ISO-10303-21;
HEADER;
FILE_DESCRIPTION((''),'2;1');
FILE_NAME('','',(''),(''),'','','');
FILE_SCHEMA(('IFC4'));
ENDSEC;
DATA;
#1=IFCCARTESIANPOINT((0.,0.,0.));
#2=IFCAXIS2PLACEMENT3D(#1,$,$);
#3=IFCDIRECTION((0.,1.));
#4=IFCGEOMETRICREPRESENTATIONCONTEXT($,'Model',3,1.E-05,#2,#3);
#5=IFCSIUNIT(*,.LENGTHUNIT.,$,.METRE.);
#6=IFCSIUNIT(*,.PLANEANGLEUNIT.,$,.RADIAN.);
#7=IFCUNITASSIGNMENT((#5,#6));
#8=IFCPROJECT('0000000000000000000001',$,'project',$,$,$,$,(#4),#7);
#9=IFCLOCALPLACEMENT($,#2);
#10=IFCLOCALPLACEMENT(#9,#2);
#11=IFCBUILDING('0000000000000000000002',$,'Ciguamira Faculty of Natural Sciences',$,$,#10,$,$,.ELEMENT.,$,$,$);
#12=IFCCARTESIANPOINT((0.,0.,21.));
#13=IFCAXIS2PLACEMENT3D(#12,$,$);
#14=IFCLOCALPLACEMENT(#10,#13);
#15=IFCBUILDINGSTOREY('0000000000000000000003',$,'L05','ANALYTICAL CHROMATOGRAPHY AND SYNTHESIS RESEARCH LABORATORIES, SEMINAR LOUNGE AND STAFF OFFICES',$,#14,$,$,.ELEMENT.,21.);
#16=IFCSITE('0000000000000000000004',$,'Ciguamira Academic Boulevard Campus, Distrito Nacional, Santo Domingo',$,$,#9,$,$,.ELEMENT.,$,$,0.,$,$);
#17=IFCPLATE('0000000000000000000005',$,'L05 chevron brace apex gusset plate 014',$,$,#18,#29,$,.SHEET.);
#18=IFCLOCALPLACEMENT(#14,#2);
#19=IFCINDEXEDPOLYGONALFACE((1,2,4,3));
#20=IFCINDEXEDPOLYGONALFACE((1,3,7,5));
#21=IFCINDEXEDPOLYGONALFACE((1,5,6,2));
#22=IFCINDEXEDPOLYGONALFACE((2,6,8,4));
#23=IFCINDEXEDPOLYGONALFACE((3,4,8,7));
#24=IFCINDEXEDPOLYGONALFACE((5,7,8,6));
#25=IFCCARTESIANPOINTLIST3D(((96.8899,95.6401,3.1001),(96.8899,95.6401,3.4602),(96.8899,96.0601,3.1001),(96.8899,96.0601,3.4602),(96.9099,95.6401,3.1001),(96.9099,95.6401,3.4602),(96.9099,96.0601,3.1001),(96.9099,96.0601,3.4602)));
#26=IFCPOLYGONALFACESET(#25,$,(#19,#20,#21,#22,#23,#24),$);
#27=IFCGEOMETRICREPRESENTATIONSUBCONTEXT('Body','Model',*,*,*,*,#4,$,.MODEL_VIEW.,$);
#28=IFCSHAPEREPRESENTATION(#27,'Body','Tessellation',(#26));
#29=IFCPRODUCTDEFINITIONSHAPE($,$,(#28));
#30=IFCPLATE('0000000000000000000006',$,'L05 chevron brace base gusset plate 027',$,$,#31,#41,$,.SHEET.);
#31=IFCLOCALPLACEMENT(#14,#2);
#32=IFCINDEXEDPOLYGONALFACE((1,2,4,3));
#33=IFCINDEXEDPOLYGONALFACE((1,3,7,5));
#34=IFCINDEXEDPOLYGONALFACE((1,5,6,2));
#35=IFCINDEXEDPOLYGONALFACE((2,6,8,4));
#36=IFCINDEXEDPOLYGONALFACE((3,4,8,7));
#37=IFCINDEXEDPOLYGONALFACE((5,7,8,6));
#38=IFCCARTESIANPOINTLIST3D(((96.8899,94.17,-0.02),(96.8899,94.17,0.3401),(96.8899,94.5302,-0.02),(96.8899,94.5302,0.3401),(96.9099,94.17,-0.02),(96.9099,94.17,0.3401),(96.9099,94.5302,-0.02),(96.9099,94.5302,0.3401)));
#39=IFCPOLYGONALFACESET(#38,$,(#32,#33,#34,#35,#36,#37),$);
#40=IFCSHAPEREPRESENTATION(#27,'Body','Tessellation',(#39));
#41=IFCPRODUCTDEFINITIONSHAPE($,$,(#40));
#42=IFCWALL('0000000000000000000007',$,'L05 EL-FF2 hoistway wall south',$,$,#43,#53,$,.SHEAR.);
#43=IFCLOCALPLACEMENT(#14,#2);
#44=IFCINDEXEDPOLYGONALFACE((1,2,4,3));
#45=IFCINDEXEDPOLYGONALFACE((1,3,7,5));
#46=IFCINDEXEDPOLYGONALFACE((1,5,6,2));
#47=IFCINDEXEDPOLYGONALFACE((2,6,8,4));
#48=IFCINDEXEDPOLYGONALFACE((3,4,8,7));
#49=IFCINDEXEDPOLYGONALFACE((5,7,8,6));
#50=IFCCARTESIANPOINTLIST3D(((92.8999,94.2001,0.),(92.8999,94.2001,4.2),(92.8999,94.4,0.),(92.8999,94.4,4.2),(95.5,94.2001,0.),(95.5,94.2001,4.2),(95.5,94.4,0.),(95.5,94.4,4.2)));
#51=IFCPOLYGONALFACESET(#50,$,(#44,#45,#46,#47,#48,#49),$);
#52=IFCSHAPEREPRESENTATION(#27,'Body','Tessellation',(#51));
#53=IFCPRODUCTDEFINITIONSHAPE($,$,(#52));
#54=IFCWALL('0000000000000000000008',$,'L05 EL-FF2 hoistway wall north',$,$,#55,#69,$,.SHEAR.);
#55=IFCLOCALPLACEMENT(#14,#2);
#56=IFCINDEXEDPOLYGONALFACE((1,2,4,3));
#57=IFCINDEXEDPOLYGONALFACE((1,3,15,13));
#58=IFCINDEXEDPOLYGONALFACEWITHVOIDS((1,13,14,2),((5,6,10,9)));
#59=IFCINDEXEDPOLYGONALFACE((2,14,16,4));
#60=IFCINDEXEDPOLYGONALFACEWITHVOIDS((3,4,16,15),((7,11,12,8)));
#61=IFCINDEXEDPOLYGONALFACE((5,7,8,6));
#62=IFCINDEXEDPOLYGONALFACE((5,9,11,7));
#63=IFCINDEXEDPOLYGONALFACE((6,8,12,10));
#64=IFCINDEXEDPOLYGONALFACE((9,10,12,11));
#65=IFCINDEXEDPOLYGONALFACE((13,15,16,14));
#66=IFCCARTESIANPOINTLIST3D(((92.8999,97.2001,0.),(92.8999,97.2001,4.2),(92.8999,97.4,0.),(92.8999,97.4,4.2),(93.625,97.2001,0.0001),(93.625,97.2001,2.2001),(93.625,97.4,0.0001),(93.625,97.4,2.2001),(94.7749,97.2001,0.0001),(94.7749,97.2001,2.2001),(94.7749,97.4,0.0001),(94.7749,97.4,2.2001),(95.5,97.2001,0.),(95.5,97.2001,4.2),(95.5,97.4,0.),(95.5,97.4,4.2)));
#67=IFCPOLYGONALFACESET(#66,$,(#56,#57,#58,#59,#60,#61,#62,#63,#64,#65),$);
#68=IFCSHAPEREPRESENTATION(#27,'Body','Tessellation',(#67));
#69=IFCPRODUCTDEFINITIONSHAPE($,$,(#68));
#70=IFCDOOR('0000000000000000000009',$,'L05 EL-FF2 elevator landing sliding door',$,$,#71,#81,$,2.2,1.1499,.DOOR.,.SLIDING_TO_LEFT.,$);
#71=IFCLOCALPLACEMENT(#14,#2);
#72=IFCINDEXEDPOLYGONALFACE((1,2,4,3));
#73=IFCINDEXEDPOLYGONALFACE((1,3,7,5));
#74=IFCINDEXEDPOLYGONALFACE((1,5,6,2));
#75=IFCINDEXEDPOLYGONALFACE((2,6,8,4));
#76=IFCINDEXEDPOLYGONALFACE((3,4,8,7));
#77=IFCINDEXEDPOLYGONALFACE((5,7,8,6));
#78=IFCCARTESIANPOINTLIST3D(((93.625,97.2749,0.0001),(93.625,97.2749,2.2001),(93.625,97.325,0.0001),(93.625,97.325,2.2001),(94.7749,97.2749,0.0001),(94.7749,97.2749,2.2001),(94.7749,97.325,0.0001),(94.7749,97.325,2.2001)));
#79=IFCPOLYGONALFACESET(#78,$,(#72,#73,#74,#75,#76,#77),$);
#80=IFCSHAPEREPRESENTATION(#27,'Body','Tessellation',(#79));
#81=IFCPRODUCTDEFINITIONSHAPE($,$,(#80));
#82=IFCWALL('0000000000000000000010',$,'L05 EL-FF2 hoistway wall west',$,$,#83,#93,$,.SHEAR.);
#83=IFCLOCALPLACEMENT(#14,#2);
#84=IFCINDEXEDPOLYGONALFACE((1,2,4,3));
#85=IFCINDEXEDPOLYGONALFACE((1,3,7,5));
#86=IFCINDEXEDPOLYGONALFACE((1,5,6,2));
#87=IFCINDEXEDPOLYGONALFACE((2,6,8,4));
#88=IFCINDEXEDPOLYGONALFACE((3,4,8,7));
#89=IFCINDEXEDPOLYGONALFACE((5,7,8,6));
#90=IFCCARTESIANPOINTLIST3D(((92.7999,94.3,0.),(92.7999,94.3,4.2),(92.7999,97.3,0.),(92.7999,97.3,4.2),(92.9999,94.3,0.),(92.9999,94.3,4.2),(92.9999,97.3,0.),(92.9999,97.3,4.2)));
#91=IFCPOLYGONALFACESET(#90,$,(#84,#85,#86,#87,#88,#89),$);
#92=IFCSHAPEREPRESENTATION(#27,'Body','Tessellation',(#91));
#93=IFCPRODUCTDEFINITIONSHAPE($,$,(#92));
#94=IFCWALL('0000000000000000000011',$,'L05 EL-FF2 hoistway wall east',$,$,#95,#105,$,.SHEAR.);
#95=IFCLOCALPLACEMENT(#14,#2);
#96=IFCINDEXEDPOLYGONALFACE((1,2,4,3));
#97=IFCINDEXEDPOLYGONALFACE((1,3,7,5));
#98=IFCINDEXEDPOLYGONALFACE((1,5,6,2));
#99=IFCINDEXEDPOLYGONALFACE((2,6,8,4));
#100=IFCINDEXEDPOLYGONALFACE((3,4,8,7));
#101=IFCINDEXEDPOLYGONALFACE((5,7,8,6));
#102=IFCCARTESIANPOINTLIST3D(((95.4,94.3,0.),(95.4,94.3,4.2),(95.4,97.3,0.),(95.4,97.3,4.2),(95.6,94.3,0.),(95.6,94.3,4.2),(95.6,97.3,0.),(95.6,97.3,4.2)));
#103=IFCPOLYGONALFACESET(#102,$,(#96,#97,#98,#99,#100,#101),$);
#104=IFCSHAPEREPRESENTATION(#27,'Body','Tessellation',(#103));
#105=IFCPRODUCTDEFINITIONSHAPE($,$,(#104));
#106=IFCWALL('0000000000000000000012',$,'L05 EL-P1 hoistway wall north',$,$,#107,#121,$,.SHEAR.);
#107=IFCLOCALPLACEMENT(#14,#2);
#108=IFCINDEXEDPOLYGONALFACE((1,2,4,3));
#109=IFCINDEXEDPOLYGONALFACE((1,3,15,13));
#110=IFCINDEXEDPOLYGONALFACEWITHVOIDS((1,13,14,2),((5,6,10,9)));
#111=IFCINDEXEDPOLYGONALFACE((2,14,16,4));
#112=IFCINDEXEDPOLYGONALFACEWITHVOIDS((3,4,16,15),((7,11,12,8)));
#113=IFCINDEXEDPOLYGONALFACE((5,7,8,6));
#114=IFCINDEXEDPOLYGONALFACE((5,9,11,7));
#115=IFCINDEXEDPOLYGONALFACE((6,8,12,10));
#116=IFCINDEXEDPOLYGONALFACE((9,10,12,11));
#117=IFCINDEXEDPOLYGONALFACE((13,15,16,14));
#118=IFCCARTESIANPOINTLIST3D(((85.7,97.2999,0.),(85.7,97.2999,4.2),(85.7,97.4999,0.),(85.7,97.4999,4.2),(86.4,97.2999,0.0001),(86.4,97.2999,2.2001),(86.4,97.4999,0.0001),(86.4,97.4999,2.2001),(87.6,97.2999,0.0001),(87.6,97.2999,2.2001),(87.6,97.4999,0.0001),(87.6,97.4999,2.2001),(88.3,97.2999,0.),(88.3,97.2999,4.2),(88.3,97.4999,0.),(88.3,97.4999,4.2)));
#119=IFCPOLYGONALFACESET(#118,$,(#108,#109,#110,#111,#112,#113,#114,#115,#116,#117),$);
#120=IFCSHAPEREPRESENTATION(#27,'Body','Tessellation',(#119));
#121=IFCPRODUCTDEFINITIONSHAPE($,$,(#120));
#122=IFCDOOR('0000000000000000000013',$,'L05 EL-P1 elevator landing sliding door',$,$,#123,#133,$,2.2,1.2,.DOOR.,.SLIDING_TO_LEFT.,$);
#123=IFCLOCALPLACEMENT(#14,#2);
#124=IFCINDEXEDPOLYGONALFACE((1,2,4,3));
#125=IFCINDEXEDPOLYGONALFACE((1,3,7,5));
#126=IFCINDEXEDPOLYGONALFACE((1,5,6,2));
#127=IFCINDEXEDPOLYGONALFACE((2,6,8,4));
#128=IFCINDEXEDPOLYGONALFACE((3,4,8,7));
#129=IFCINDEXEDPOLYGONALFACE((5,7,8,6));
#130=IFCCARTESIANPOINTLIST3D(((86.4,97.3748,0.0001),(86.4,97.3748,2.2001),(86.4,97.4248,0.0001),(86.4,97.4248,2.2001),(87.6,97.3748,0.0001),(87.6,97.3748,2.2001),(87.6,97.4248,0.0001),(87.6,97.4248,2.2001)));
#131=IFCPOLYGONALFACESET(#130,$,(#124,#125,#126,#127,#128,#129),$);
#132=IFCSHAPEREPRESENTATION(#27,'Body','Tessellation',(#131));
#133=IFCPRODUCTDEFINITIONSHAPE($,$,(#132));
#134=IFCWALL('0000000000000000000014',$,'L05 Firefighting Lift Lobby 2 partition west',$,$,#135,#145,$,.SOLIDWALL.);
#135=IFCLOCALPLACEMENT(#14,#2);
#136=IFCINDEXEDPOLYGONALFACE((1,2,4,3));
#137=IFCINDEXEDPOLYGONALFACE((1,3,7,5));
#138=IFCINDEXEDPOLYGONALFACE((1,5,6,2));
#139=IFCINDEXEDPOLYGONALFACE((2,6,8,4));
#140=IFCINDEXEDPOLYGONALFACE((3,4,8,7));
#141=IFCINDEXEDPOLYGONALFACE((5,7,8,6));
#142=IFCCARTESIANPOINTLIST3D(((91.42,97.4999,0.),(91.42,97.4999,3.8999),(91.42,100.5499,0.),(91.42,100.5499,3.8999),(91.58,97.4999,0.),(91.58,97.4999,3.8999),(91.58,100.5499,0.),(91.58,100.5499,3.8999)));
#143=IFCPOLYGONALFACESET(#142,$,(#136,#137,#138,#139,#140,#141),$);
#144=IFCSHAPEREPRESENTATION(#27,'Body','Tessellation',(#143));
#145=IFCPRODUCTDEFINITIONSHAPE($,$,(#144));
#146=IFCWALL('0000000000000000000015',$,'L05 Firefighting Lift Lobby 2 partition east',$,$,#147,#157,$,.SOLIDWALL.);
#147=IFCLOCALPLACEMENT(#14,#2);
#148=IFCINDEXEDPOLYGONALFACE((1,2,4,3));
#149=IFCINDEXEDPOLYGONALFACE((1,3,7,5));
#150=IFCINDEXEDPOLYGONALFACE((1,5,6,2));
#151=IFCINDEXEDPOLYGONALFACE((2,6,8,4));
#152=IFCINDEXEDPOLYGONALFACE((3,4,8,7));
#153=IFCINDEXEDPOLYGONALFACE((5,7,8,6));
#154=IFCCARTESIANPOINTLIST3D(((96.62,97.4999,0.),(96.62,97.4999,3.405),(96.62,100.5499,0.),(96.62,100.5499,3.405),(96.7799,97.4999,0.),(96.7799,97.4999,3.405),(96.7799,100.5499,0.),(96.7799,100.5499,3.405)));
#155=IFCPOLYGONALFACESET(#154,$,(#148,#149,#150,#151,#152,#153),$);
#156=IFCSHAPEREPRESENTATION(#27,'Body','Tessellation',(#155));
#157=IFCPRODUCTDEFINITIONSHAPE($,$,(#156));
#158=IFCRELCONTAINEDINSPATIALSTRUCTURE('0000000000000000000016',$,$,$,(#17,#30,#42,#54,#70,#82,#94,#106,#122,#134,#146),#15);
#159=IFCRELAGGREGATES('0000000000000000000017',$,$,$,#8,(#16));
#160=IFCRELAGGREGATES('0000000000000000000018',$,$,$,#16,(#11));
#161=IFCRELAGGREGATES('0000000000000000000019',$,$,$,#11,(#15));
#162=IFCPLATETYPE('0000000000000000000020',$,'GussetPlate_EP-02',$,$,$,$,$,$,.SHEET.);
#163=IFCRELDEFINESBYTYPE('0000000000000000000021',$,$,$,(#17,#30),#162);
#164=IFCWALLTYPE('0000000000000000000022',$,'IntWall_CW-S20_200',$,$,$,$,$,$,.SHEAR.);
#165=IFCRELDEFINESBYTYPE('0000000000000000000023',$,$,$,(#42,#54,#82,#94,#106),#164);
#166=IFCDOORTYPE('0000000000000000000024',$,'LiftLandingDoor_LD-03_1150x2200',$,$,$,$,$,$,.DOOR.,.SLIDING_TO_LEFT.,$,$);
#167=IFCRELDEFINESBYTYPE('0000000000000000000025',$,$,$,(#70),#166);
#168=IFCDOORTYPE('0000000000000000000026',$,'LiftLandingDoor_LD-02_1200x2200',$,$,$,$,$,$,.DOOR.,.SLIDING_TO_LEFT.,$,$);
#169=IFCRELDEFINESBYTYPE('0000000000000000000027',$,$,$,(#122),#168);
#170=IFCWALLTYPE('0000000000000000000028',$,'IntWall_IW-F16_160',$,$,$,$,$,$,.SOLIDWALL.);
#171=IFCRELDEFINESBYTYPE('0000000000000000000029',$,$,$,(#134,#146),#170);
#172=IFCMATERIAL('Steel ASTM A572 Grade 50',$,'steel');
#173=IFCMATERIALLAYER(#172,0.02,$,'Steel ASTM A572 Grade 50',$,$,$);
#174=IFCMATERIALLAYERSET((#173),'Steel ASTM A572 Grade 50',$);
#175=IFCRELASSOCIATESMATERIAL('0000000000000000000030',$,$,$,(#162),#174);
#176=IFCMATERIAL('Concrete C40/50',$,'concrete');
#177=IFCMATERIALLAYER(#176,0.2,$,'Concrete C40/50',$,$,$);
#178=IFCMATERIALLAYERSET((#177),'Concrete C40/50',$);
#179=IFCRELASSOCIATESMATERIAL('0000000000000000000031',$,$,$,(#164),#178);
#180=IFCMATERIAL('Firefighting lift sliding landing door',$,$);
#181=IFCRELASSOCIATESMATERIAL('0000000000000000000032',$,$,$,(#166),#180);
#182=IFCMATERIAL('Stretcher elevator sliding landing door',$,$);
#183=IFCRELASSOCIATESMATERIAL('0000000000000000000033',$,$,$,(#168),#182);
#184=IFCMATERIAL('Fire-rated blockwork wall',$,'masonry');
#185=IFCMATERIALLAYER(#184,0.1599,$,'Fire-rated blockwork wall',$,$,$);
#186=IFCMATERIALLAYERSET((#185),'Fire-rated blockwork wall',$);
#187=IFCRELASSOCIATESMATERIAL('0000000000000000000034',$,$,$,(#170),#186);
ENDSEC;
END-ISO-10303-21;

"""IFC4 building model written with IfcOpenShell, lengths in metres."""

from ifc_helpers import new_model, si_unit, direction, frame, frame_2d, origin, origin_2d, place, context, subcontext, project, spatial, rectangle, extrude, material, layer, layer_set, type_object, element, fill, save


model = new_model("IFC4")

# Units and contexts
model_context = context("Model", 3, precision=1e-05, world=origin(), true_north=direction((0.0, 1.0)))
body_context = subcontext(model_context, "Body", "Model", "MODEL_VIEW")
ifc_project = project(units=[si_unit("LENGTHUNIT", "METRE"), si_unit("PLANEANGLEUNIT", "RADIAN")], contexts=[model_context])

# Site, building, storey
site_placement = place(None, origin())
site = spatial("IfcSite", under=ifc_project, at=site_placement, Name="Ciguamira Academic Boulevard Campus, Distrito Nacional, Santo Domingo", CompositionType="ELEMENT", RefElevation=0.0)
building_placement = place(site_placement, origin())
building = spatial("IfcBuilding", under=site, at=building_placement, Name="Ciguamira Faculty of Natural Sciences", CompositionType="ELEMENT")
storey_placement = place(building_placement, frame((0.0, 0.0, 21.0)))
storey = spatial("IfcBuildingStorey", under=building, at=storey_placement, Name="L05", Description="ANALYTICAL CHROMATOGRAPHY AND SYNTHESIS RESEARCH LABORATORIES, SEMINAR LOUNGE AND STAFF OFFICES", CompositionType="ELEMENT", Elevation=21.0)

# Shared definitions
ifc_material_1 = material(Name="Concrete C40/50", Category="concrete")

# Plates
ifc_material_2 = material(Name="Steel ASTM A572 Grade 50", Category="steel")
ifc_layer_1 = layer(ifc_material_2, 0.02, Name="Steel ASTM A572 Grade 50")
ifc_layer_set_1 = layer_set([ifc_layer_1], Name="Steel ASTM A572 Grade 50")
plate_type = type_object("IfcPlateType", Name="GussetPlate_EP-02", PredefinedType="SHEET", material=ifc_layer_set_1)
plate_1_placement = place(storey_placement, frame((96.8999, 95.8501, 3.1001), z_axis=(0.0, 0.0, 1.0), x_axis=(1.0, 0.0, 0.0)))
element("IfcPlate", 1, at=plate_1_placement, inside=storey, type_object=plate_type, Name="L05 chevron brace apex gusset plate 014", PredefinedType="SHEET", context=body_context, shape_type="SweptSolid", body=[
    extrude(rectangle(XDim=0.02, YDim=0.4199, at=origin_2d()), origin(), (0.0, 0.0, 1.0), 0.3601),
])
plate_2_placement = place(storey_placement, frame((96.8999, 94.3501, -0.02), z_axis=(0.0, 0.0, 1.0), x_axis=(1.0, 0.0, 0.0)))
element("IfcPlate", 2, at=plate_2_placement, inside=storey, type_object=plate_type, Name="L05 chevron brace base gusset plate 027", PredefinedType="SHEET", context=body_context, shape_type="SweptSolid", body=[
    extrude(rectangle(XDim=0.02, YDim=0.3601, at=origin_2d()), origin(), (0.0, 0.0, 1.0), 0.3601),
])

# Wall
ifc_layer_2 = layer(ifc_material_1, 0.2, Name="Concrete C40/50")
ifc_layer_set_2 = layer_set([ifc_layer_2], Name="Concrete C40/50")
wall_type_1 = type_object("IfcWallType", Name="IntWall_CW-S20_200", PredefinedType="SHEAR", material=ifc_layer_set_2)
wall_1_placement = place(storey_placement, frame((92.8999, 94.3, 0.0), z_axis=(0.0, 0.0, 1.0), x_axis=(1.0, 0.0, 0.0)))
element("IfcWall", 3, at=wall_1_placement, inside=storey, type_object=wall_type_1, Name="L05 EL-FF2 hoistway wall south", PredefinedType="SHEAR", context=body_context, shape_type="SweptSolid", body=[
    extrude(rectangle(XDim=2.6001, YDim=0.2, at=frame_2d((1.3, 0.0))), origin(), (0.0, 0.0, 1.0), 4.2),
])

# Wall, opening, door
wall_2_placement = place(storey_placement, frame((92.8999, 97.3, 0.0), z_axis=(0.0, 0.0, 1.0), x_axis=(1.0, 0.0, 0.0)))
wall_2 = element("IfcWall", 4, at=wall_2_placement, inside=storey, type_object=wall_type_1, Name="L05 EL-FF2 hoistway wall north", PredefinedType="SHEAR", context=body_context, shape_type="SweptSolid", body=[
    extrude(rectangle(XDim=2.6001, YDim=0.2, at=frame_2d((1.3, 0.0))), origin(), (0.0, 0.0, 1.0), 4.2),
])
opening_1_placement = place(wall_2_placement, frame((0.7251, 0.0, 0.0)))
opening_1 = element("IfcOpeningElement", 5, at=opening_1_placement, cuts=wall_2, PredefinedType="OPENING", context=body_context, shape_type="SweptSolid", body=[
    extrude(rectangle(XDim=1.1499, YDim=2.2, at=frame_2d((0.575, 1.1001))), frame((0.0, 0.1099, 0.0), z_axis=(0.0, -1.0, 0.0), x_axis=(1.0, 0.0, 0.0)), (0.0, 0.0, 1.0), 0.22),
])
ifc_material_3 = material(Name="Firefighting lift sliding landing door")
door_type_1 = type_object("IfcDoorType", Name="LiftLandingDoor_LD-03_1150x2200", OperationType="SLIDING_TO_LEFT", PredefinedType="DOOR", material=ifc_material_3)
door_1_placement = place(opening_1_placement, origin())
door_1 = element("IfcDoor", 6, at=door_1_placement, inside=storey, type_object=door_type_1, Name="L05 EL-FF2 elevator landing sliding door", OperationType="SLIDING_TO_LEFT", OverallHeight=2.2, OverallWidth=1.1499, PredefinedType="DOOR", context=body_context, shape_type="SweptSolid", body=[
    extrude(rectangle(XDim=1.1499, YDim=2.2, at=frame_2d((0.575, 1.1001))), frame((0.0, 0.0249, 0.0), z_axis=(0.0, -1.0, 0.0), x_axis=(1.0, 0.0, 0.0)), (0.0, 0.0, 1.0), 0.05),
])
fill(opening_1, door_1)

# Walls
for number, where, z_axis, x_axis, name in (
    (7, (92.8999, 94.3, 0.0), (0.0, 0.0, 1.0), (0.0, 1.0, 0.0), "L05 EL-FF2 hoistway wall west"),
    (8, (95.5, 94.3, 0.0), (0.0, 0.0, 1.0), (0.0, 1.0, 0.0), "L05 EL-FF2 hoistway wall east"),
):
    element("IfcWall", number, at=place(storey_placement, frame(where, z_axis=z_axis, x_axis=x_axis)), inside=storey, type_object=wall_type_1, Name=name, PredefinedType="SHEAR", context=body_context, shape_type="SweptSolid", body=[
        extrude(rectangle(XDim=3.0, YDim=0.2, at=frame_2d((1.5, 0.0))), origin(), (0.0, 0.0, 1.0), 4.2),
    ])

# Wall, opening, door
wall_3_placement = place(storey_placement, frame((85.7, 97.3999, 0.0), z_axis=(0.0, 0.0, 1.0), x_axis=(1.0, 0.0, 0.0)))
wall_3 = element("IfcWall", 9, at=wall_3_placement, inside=storey, type_object=wall_type_1, Name="L05 EL-P1 hoistway wall north", PredefinedType="SHEAR", context=body_context, shape_type="SweptSolid", body=[
    extrude(rectangle(XDim=2.6001, YDim=0.2, at=frame_2d((1.3, 0.0))), origin(), (0.0, 0.0, 1.0), 4.2),
])
opening_2_placement = place(wall_3_placement, frame((0.7, 0.0, 0.0)))
opening_2 = element("IfcOpeningElement", 10, at=opening_2_placement, cuts=wall_3, PredefinedType="OPENING", context=body_context, shape_type="SweptSolid", body=[
    extrude(rectangle(XDim=1.2, YDim=2.2, at=frame_2d((0.6001, 1.1001))), frame((0.0, 0.1099, 0.0), z_axis=(0.0, -1.0, 0.0), x_axis=(1.0, 0.0, 0.0)), (0.0, 0.0, 1.0), 0.22),
])
ifc_material_4 = material(Name="Stretcher elevator sliding landing door")
door_type_2 = type_object("IfcDoorType", Name="LiftLandingDoor_LD-02_1200x2200", OperationType="SLIDING_TO_LEFT", PredefinedType="DOOR", material=ifc_material_4)
door_2_placement = place(opening_2_placement, origin())
door_2 = element("IfcDoor", 11, at=door_2_placement, inside=storey, type_object=door_type_2, Name="L05 EL-P1 elevator landing sliding door", OperationType="SLIDING_TO_LEFT", OverallHeight=2.2, OverallWidth=1.2, PredefinedType="DOOR", context=body_context, shape_type="SweptSolid", body=[
    extrude(rectangle(XDim=1.2, YDim=2.2, at=frame_2d((0.6001, 1.1001))), frame((0.0, 0.0249, 0.0), z_axis=(0.0, -1.0, 0.0), x_axis=(1.0, 0.0, 0.0)), (0.0, 0.0, 1.0), 0.05),
])
fill(opening_2, door_2)
ifc_material_5 = material(Name="Fire-rated blockwork wall", Category="masonry")
ifc_layer_3 = layer(ifc_material_5, 0.1599, Name="Fire-rated blockwork wall")
ifc_layer_set_3 = layer_set([ifc_layer_3], Name="Fire-rated blockwork wall")
wall_type_2 = type_object("IfcWallType", Name="IntWall_IW-F16_160", PredefinedType="SOLIDWALL", material=ifc_layer_set_3)

# Walls
wall_4_placement = place(storey_placement, frame((91.5, 97.5, 0.0), z_axis=(0.0, 0.0, 1.0), x_axis=(0.0, 1.0, 0.0)))
element("IfcWall", 12, at=wall_4_placement, inside=storey, type_object=wall_type_2, Name="L05 Firefighting Lift Lobby 2 partition west", PredefinedType="SOLIDWALL", context=body_context, shape_type="SweptSolid", body=[
    extrude(rectangle(XDim=3.05, YDim=0.1599, at=frame_2d((1.5249, 0.0))), origin(), (0.0, 0.0, 1.0), 3.8999),
])
wall_5_placement = place(storey_placement, frame((96.7, 97.5, 0.0), z_axis=(0.0, 0.0, 1.0), x_axis=(0.0, 1.0, 0.0)))
element("IfcWall", 13, at=wall_5_placement, inside=storey, type_object=wall_type_2, Name="L05 Firefighting Lift Lobby 2 partition east", PredefinedType="SOLIDWALL", context=body_context, shape_type="SweptSolid", body=[
    extrude(rectangle(XDim=3.05, YDim=0.1599, at=frame_2d((1.5249, 0.0))), origin(), (0.0, 0.0, 1.0), 3.405),
])

save(model, "model.ifc")
